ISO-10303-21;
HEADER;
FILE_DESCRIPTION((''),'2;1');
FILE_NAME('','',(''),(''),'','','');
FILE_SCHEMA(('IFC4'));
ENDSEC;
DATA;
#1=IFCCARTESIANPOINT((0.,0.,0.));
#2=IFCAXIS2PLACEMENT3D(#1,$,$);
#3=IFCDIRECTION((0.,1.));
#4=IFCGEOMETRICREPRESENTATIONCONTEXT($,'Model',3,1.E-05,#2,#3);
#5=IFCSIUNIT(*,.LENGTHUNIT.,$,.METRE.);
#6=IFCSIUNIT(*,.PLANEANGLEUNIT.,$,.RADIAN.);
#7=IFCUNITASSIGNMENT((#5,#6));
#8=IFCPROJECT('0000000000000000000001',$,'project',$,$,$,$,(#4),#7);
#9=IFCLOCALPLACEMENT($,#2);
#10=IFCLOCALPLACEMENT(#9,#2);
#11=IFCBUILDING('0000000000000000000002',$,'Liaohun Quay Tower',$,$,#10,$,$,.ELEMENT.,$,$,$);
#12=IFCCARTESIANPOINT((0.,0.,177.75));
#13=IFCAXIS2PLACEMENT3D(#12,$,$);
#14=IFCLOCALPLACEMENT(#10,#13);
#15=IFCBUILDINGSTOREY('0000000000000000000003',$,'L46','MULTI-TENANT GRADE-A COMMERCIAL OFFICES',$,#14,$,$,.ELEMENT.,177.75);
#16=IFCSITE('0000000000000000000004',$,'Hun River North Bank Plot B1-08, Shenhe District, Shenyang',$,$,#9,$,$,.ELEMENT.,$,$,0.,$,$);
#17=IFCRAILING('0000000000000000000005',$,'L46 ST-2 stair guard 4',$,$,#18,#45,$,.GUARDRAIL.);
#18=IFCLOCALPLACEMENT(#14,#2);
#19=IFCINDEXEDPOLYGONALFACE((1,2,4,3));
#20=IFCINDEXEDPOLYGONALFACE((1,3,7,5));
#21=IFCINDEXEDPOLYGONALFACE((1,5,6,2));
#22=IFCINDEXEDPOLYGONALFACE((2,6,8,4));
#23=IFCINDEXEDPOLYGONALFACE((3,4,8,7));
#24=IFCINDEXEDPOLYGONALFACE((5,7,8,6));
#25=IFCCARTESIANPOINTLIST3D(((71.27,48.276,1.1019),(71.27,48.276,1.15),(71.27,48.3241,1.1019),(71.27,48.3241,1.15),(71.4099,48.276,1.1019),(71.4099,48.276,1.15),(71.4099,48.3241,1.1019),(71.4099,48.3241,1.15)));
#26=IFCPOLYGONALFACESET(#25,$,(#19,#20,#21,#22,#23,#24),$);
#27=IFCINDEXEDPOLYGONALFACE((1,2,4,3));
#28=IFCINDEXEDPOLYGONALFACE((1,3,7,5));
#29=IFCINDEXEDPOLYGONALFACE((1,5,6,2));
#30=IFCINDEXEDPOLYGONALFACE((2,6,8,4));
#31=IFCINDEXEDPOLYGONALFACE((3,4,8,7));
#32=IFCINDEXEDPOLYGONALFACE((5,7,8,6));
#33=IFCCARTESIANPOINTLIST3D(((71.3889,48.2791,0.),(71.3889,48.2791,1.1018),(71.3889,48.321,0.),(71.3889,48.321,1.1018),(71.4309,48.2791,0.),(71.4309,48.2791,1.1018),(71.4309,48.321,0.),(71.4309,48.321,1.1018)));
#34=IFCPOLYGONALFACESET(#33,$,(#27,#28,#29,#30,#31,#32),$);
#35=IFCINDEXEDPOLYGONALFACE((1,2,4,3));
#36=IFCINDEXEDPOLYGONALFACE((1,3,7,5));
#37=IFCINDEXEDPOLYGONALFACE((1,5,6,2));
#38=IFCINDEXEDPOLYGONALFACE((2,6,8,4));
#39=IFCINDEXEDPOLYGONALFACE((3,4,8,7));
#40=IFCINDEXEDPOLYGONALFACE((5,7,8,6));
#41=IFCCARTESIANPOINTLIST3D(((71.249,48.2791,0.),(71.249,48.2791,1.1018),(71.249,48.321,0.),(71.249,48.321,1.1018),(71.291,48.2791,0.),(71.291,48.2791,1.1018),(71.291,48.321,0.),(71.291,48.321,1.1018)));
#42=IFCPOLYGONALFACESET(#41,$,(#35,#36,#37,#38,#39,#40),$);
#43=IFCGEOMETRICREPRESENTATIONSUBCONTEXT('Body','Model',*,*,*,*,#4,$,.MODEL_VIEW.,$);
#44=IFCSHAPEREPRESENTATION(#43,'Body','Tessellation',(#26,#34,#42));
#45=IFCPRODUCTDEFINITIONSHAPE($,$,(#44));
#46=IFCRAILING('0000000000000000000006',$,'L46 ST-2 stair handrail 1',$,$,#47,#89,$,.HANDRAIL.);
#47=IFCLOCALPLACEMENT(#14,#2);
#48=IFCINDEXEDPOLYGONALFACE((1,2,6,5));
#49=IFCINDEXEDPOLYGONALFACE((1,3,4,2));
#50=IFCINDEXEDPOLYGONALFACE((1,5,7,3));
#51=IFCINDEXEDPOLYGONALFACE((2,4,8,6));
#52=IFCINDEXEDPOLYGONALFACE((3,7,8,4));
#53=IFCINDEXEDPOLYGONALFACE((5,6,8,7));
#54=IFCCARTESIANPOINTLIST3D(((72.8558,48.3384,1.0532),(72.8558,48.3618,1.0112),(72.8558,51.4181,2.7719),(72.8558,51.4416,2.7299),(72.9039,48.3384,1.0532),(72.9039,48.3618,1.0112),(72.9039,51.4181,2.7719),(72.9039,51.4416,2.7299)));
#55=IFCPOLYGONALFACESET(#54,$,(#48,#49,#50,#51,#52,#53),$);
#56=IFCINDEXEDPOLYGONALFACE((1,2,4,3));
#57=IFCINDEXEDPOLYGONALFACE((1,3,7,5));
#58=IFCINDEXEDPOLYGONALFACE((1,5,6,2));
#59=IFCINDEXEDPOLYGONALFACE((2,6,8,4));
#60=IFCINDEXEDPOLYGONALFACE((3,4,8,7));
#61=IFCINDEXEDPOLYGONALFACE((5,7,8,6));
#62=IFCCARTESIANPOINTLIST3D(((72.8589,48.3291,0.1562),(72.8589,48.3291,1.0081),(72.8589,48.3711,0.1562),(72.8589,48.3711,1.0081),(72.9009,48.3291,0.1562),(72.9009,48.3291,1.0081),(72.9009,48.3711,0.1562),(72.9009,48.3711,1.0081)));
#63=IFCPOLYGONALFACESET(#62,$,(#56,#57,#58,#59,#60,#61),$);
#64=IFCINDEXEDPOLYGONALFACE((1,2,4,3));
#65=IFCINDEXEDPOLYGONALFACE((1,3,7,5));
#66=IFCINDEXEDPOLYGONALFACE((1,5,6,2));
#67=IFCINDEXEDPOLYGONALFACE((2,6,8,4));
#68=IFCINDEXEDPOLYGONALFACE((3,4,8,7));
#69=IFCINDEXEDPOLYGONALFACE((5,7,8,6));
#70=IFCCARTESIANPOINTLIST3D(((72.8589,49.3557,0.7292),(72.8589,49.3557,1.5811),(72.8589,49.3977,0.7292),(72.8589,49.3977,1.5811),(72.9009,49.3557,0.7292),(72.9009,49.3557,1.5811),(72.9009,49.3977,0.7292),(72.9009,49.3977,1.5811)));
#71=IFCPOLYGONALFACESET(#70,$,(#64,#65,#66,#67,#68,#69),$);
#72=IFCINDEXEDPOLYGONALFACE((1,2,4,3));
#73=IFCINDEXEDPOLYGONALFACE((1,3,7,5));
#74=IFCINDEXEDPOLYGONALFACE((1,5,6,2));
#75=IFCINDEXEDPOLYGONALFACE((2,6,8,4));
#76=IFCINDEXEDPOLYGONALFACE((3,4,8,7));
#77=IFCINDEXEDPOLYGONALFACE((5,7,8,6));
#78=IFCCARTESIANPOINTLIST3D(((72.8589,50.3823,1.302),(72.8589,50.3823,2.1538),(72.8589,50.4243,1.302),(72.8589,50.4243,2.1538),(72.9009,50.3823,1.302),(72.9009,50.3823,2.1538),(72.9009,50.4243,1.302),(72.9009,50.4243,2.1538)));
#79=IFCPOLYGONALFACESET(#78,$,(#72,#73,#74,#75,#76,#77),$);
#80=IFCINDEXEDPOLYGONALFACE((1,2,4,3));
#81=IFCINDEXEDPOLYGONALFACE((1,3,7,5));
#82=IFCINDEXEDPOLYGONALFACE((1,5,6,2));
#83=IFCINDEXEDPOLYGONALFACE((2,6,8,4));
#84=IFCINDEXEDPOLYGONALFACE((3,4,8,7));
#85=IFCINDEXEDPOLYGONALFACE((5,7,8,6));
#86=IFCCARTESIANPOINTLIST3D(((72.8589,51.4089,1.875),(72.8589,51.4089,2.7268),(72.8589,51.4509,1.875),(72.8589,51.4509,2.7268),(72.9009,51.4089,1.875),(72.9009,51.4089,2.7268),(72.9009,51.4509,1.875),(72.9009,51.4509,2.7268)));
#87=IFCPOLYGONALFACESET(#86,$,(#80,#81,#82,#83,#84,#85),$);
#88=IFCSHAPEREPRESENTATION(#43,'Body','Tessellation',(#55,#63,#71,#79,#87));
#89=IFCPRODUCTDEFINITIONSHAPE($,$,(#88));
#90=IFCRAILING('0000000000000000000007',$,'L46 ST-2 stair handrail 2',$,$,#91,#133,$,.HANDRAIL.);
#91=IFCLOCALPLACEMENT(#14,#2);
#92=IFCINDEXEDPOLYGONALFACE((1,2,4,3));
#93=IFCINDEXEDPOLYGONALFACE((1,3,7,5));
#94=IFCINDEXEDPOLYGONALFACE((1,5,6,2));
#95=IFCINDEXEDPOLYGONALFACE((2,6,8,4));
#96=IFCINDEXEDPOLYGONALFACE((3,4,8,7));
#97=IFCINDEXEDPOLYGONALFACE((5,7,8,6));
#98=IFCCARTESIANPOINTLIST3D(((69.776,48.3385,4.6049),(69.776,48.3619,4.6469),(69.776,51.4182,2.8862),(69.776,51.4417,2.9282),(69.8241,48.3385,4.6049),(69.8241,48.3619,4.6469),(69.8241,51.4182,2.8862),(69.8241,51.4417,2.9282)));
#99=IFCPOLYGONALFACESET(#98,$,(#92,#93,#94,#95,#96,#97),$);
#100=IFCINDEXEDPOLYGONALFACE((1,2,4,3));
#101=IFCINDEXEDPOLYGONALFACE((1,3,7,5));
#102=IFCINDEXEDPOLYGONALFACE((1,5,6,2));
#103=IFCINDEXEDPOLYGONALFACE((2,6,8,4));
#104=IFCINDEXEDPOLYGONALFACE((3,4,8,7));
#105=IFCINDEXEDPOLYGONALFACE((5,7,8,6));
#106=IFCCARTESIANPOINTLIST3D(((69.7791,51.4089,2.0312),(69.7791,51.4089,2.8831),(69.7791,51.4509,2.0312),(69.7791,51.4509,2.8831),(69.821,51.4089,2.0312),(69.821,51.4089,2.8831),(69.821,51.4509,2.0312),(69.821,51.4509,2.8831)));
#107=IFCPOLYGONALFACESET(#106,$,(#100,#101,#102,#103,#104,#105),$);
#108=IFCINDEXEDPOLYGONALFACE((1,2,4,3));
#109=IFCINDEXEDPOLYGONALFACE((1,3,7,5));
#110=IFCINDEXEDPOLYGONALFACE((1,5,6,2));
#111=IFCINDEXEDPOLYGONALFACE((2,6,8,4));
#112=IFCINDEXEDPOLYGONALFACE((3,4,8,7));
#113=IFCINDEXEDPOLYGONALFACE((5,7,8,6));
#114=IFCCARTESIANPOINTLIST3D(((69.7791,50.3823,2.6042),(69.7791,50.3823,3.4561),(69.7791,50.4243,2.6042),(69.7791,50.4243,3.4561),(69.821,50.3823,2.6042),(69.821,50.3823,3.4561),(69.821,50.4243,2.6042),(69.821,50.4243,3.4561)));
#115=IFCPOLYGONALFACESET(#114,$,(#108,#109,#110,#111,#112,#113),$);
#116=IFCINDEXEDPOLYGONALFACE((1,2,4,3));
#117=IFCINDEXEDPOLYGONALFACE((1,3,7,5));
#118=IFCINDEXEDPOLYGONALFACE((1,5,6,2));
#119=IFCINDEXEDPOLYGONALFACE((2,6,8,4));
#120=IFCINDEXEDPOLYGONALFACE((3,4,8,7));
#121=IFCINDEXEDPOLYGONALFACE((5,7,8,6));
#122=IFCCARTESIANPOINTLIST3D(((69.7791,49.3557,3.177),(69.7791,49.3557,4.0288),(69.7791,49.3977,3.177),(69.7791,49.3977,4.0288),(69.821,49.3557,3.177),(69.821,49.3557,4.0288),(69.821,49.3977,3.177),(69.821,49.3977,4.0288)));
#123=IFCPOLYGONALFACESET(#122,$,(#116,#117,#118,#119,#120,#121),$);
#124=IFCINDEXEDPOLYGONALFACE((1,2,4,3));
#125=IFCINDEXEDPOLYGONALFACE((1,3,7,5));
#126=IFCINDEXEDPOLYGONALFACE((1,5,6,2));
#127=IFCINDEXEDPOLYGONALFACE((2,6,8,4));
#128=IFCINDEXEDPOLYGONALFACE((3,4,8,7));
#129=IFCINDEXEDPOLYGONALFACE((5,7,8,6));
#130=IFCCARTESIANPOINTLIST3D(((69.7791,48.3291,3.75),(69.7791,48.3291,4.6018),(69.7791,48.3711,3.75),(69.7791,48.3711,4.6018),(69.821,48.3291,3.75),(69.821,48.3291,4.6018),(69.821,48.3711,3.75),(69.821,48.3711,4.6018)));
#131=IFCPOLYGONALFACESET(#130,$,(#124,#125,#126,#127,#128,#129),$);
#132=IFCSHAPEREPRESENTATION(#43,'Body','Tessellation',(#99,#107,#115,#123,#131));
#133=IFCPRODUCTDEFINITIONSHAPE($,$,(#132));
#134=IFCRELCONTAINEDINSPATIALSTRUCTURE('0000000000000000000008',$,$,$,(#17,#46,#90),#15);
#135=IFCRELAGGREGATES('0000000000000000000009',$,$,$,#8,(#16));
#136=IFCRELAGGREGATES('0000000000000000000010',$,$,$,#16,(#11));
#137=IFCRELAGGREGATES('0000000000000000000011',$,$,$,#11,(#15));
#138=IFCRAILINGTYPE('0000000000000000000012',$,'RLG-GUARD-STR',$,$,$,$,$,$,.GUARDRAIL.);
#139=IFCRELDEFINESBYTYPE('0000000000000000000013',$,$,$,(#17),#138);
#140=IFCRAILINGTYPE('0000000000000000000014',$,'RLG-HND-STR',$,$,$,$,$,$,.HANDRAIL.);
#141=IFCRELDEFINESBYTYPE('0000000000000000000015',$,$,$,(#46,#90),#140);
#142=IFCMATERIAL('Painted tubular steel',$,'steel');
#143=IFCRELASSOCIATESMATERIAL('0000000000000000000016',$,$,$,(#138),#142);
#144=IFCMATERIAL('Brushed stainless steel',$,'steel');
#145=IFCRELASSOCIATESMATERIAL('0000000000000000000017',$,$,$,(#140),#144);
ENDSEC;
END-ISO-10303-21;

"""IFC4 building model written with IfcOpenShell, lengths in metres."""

from ifc_helpers import new_model, si_unit, direction, frame, origin, origin_2d, place, context, subcontext, project, spatial, rectangle, extrude, material, type_object, element, save


model = new_model("IFC4")

# Units and contexts
model_context = context("Model", 3, precision=1e-05, world=origin(), true_north=direction((0.0, 1.0)))
body_context = subcontext(model_context, "Body", "Model", "MODEL_VIEW")
ifc_project = project(units=[si_unit("LENGTHUNIT", "METRE"), si_unit("PLANEANGLEUNIT", "RADIAN")], contexts=[model_context])

# Site, building, storey
site_placement = place(None, origin())
site = spatial("IfcSite", under=ifc_project, at=site_placement, Name="Hun River North Bank Plot B1-08, Shenhe District, Shenyang", CompositionType="ELEMENT", RefElevation=0.0)
building_placement = place(site_placement, origin())
building = spatial("IfcBuilding", under=site, at=building_placement, Name="Liaohun Quay Tower", CompositionType="ELEMENT")
storey_placement = place(building_placement, frame((0.0, 0.0, 177.75)))
storey = spatial("IfcBuildingStorey", under=building, at=storey_placement, Name="L46", Description="MULTI-TENANT GRADE-A COMMERCIAL OFFICES", CompositionType="ELEMENT", Elevation=177.75)

# Railings
ifc_material_1 = material(Name="Painted tubular steel", Category="steel")
railing_type_1 = type_object("IfcRailingType", Name="RLG-GUARD-STR", PredefinedType="GUARDRAIL", material=ifc_material_1)
railing_1_placement = place(storey_placement, frame((71.4099, 48.3, 0.0)))
element("IfcRailing", 1, at=railing_1_placement, inside=storey, type_object=railing_type_1, Name="L46 ST-2 stair guard 4", PredefinedType="GUARDRAIL", context=body_context, shape_type="SweptSolid", body=[
    extrude(rectangle(XDim=0.0481, YDim=0.0481, at=origin_2d()), frame((0.0, 0.0, 1.126), z_axis=(-1.0, 0.0, 0.0), x_axis=(0.0, -1.0, 0.0)), (0.0, 0.0, 1.0), 0.1399),
    extrude(rectangle(XDim=0.042, YDim=0.042, at=origin_2d()), origin(), (0.0, 0.0, 1.0), 1.1018),
    extrude(rectangle(XDim=0.042, YDim=0.042, at=origin_2d()), frame((-0.1399, 0.0, 0.0)), (0.0, 0.0, 1.0), 1.1018),
])
ifc_material_2 = material(Name="Brushed stainless steel", Category="steel")
railing_type_2 = type_object("IfcRailingType", Name="RLG-HND-STR", PredefinedType="HANDRAIL", material=ifc_material_2)
railing_2_placement = place(storey_placement, frame((72.8799, 48.3501, 0.1562)))
element("IfcRailing", 2, at=railing_2_placement, inside=storey, type_object=railing_type_2, Name="L46 ST-2 stair handrail 1", PredefinedType="HANDRAIL", context=body_context, shape_type="SweptSolid", body=[
    extrude(rectangle(XDim=0.0481, YDim=0.0481, at=origin_2d()), frame((0.0, 0.0, 0.876), z_axis=(0.0, 0.873225, 0.487317), x_axis=(-1.0, 0.0, 0.0)), (0.0, 0.0, 1.0), 3.5269),
    extrude(rectangle(XDim=0.042, YDim=0.042, at=origin_2d()), origin(), (0.0, 0.0, 1.0), 0.8518),
    extrude(rectangle(XDim=0.042, YDim=0.042, at=origin_2d()), frame((0.0, 1.0266, 0.573)), (0.0, 0.0, 1.0), 0.8518),
    extrude(rectangle(XDim=0.042, YDim=0.042, at=origin_2d()), frame((0.0, 2.0532, 1.1458)), (0.0, 0.0, 1.0), 0.8518),
    extrude(rectangle(XDim=0.042, YDim=0.042, at=origin_2d()), frame((0.0, 3.0798, 1.7188)), (0.0, 0.0, 1.0), 0.8518),
])
railing_3_placement = place(storey_placement, frame((69.8, 51.4299, 2.0312)))
element("IfcRailing", 3, at=railing_3_placement, inside=storey, type_object=railing_type_2, Name="L46 ST-2 stair handrail 2", PredefinedType="HANDRAIL", context=body_context, shape_type="SweptSolid", body=[
    extrude(rectangle(XDim=0.0481, YDim=0.0481, at=origin_2d()), frame((0.0, 0.0, 0.876), z_axis=(0.0, -0.873225, 0.487317), x_axis=(1.0, 0.0, 0.0)), (0.0, 0.0, 1.0), 3.5269),
    extrude(rectangle(XDim=0.042, YDim=0.042, at=origin_2d()), origin(), (0.0, 0.0, 1.0), 0.8518),
    extrude(rectangle(XDim=0.042, YDim=0.042, at=origin_2d()), frame((0.0, -1.0266, 0.573)), (0.0, 0.0, 1.0), 0.8518),
    extrude(rectangle(XDim=0.042, YDim=0.042, at=origin_2d()), frame((0.0, -2.0532, 1.1458)), (0.0, 0.0, 1.0), 0.8518),
    extrude(rectangle(XDim=0.042, YDim=0.042, at=origin_2d()), frame((0.0, -3.0798, 1.7188)), (0.0, 0.0, 1.0), 0.8518),
])

save(model, "model.ifc")
